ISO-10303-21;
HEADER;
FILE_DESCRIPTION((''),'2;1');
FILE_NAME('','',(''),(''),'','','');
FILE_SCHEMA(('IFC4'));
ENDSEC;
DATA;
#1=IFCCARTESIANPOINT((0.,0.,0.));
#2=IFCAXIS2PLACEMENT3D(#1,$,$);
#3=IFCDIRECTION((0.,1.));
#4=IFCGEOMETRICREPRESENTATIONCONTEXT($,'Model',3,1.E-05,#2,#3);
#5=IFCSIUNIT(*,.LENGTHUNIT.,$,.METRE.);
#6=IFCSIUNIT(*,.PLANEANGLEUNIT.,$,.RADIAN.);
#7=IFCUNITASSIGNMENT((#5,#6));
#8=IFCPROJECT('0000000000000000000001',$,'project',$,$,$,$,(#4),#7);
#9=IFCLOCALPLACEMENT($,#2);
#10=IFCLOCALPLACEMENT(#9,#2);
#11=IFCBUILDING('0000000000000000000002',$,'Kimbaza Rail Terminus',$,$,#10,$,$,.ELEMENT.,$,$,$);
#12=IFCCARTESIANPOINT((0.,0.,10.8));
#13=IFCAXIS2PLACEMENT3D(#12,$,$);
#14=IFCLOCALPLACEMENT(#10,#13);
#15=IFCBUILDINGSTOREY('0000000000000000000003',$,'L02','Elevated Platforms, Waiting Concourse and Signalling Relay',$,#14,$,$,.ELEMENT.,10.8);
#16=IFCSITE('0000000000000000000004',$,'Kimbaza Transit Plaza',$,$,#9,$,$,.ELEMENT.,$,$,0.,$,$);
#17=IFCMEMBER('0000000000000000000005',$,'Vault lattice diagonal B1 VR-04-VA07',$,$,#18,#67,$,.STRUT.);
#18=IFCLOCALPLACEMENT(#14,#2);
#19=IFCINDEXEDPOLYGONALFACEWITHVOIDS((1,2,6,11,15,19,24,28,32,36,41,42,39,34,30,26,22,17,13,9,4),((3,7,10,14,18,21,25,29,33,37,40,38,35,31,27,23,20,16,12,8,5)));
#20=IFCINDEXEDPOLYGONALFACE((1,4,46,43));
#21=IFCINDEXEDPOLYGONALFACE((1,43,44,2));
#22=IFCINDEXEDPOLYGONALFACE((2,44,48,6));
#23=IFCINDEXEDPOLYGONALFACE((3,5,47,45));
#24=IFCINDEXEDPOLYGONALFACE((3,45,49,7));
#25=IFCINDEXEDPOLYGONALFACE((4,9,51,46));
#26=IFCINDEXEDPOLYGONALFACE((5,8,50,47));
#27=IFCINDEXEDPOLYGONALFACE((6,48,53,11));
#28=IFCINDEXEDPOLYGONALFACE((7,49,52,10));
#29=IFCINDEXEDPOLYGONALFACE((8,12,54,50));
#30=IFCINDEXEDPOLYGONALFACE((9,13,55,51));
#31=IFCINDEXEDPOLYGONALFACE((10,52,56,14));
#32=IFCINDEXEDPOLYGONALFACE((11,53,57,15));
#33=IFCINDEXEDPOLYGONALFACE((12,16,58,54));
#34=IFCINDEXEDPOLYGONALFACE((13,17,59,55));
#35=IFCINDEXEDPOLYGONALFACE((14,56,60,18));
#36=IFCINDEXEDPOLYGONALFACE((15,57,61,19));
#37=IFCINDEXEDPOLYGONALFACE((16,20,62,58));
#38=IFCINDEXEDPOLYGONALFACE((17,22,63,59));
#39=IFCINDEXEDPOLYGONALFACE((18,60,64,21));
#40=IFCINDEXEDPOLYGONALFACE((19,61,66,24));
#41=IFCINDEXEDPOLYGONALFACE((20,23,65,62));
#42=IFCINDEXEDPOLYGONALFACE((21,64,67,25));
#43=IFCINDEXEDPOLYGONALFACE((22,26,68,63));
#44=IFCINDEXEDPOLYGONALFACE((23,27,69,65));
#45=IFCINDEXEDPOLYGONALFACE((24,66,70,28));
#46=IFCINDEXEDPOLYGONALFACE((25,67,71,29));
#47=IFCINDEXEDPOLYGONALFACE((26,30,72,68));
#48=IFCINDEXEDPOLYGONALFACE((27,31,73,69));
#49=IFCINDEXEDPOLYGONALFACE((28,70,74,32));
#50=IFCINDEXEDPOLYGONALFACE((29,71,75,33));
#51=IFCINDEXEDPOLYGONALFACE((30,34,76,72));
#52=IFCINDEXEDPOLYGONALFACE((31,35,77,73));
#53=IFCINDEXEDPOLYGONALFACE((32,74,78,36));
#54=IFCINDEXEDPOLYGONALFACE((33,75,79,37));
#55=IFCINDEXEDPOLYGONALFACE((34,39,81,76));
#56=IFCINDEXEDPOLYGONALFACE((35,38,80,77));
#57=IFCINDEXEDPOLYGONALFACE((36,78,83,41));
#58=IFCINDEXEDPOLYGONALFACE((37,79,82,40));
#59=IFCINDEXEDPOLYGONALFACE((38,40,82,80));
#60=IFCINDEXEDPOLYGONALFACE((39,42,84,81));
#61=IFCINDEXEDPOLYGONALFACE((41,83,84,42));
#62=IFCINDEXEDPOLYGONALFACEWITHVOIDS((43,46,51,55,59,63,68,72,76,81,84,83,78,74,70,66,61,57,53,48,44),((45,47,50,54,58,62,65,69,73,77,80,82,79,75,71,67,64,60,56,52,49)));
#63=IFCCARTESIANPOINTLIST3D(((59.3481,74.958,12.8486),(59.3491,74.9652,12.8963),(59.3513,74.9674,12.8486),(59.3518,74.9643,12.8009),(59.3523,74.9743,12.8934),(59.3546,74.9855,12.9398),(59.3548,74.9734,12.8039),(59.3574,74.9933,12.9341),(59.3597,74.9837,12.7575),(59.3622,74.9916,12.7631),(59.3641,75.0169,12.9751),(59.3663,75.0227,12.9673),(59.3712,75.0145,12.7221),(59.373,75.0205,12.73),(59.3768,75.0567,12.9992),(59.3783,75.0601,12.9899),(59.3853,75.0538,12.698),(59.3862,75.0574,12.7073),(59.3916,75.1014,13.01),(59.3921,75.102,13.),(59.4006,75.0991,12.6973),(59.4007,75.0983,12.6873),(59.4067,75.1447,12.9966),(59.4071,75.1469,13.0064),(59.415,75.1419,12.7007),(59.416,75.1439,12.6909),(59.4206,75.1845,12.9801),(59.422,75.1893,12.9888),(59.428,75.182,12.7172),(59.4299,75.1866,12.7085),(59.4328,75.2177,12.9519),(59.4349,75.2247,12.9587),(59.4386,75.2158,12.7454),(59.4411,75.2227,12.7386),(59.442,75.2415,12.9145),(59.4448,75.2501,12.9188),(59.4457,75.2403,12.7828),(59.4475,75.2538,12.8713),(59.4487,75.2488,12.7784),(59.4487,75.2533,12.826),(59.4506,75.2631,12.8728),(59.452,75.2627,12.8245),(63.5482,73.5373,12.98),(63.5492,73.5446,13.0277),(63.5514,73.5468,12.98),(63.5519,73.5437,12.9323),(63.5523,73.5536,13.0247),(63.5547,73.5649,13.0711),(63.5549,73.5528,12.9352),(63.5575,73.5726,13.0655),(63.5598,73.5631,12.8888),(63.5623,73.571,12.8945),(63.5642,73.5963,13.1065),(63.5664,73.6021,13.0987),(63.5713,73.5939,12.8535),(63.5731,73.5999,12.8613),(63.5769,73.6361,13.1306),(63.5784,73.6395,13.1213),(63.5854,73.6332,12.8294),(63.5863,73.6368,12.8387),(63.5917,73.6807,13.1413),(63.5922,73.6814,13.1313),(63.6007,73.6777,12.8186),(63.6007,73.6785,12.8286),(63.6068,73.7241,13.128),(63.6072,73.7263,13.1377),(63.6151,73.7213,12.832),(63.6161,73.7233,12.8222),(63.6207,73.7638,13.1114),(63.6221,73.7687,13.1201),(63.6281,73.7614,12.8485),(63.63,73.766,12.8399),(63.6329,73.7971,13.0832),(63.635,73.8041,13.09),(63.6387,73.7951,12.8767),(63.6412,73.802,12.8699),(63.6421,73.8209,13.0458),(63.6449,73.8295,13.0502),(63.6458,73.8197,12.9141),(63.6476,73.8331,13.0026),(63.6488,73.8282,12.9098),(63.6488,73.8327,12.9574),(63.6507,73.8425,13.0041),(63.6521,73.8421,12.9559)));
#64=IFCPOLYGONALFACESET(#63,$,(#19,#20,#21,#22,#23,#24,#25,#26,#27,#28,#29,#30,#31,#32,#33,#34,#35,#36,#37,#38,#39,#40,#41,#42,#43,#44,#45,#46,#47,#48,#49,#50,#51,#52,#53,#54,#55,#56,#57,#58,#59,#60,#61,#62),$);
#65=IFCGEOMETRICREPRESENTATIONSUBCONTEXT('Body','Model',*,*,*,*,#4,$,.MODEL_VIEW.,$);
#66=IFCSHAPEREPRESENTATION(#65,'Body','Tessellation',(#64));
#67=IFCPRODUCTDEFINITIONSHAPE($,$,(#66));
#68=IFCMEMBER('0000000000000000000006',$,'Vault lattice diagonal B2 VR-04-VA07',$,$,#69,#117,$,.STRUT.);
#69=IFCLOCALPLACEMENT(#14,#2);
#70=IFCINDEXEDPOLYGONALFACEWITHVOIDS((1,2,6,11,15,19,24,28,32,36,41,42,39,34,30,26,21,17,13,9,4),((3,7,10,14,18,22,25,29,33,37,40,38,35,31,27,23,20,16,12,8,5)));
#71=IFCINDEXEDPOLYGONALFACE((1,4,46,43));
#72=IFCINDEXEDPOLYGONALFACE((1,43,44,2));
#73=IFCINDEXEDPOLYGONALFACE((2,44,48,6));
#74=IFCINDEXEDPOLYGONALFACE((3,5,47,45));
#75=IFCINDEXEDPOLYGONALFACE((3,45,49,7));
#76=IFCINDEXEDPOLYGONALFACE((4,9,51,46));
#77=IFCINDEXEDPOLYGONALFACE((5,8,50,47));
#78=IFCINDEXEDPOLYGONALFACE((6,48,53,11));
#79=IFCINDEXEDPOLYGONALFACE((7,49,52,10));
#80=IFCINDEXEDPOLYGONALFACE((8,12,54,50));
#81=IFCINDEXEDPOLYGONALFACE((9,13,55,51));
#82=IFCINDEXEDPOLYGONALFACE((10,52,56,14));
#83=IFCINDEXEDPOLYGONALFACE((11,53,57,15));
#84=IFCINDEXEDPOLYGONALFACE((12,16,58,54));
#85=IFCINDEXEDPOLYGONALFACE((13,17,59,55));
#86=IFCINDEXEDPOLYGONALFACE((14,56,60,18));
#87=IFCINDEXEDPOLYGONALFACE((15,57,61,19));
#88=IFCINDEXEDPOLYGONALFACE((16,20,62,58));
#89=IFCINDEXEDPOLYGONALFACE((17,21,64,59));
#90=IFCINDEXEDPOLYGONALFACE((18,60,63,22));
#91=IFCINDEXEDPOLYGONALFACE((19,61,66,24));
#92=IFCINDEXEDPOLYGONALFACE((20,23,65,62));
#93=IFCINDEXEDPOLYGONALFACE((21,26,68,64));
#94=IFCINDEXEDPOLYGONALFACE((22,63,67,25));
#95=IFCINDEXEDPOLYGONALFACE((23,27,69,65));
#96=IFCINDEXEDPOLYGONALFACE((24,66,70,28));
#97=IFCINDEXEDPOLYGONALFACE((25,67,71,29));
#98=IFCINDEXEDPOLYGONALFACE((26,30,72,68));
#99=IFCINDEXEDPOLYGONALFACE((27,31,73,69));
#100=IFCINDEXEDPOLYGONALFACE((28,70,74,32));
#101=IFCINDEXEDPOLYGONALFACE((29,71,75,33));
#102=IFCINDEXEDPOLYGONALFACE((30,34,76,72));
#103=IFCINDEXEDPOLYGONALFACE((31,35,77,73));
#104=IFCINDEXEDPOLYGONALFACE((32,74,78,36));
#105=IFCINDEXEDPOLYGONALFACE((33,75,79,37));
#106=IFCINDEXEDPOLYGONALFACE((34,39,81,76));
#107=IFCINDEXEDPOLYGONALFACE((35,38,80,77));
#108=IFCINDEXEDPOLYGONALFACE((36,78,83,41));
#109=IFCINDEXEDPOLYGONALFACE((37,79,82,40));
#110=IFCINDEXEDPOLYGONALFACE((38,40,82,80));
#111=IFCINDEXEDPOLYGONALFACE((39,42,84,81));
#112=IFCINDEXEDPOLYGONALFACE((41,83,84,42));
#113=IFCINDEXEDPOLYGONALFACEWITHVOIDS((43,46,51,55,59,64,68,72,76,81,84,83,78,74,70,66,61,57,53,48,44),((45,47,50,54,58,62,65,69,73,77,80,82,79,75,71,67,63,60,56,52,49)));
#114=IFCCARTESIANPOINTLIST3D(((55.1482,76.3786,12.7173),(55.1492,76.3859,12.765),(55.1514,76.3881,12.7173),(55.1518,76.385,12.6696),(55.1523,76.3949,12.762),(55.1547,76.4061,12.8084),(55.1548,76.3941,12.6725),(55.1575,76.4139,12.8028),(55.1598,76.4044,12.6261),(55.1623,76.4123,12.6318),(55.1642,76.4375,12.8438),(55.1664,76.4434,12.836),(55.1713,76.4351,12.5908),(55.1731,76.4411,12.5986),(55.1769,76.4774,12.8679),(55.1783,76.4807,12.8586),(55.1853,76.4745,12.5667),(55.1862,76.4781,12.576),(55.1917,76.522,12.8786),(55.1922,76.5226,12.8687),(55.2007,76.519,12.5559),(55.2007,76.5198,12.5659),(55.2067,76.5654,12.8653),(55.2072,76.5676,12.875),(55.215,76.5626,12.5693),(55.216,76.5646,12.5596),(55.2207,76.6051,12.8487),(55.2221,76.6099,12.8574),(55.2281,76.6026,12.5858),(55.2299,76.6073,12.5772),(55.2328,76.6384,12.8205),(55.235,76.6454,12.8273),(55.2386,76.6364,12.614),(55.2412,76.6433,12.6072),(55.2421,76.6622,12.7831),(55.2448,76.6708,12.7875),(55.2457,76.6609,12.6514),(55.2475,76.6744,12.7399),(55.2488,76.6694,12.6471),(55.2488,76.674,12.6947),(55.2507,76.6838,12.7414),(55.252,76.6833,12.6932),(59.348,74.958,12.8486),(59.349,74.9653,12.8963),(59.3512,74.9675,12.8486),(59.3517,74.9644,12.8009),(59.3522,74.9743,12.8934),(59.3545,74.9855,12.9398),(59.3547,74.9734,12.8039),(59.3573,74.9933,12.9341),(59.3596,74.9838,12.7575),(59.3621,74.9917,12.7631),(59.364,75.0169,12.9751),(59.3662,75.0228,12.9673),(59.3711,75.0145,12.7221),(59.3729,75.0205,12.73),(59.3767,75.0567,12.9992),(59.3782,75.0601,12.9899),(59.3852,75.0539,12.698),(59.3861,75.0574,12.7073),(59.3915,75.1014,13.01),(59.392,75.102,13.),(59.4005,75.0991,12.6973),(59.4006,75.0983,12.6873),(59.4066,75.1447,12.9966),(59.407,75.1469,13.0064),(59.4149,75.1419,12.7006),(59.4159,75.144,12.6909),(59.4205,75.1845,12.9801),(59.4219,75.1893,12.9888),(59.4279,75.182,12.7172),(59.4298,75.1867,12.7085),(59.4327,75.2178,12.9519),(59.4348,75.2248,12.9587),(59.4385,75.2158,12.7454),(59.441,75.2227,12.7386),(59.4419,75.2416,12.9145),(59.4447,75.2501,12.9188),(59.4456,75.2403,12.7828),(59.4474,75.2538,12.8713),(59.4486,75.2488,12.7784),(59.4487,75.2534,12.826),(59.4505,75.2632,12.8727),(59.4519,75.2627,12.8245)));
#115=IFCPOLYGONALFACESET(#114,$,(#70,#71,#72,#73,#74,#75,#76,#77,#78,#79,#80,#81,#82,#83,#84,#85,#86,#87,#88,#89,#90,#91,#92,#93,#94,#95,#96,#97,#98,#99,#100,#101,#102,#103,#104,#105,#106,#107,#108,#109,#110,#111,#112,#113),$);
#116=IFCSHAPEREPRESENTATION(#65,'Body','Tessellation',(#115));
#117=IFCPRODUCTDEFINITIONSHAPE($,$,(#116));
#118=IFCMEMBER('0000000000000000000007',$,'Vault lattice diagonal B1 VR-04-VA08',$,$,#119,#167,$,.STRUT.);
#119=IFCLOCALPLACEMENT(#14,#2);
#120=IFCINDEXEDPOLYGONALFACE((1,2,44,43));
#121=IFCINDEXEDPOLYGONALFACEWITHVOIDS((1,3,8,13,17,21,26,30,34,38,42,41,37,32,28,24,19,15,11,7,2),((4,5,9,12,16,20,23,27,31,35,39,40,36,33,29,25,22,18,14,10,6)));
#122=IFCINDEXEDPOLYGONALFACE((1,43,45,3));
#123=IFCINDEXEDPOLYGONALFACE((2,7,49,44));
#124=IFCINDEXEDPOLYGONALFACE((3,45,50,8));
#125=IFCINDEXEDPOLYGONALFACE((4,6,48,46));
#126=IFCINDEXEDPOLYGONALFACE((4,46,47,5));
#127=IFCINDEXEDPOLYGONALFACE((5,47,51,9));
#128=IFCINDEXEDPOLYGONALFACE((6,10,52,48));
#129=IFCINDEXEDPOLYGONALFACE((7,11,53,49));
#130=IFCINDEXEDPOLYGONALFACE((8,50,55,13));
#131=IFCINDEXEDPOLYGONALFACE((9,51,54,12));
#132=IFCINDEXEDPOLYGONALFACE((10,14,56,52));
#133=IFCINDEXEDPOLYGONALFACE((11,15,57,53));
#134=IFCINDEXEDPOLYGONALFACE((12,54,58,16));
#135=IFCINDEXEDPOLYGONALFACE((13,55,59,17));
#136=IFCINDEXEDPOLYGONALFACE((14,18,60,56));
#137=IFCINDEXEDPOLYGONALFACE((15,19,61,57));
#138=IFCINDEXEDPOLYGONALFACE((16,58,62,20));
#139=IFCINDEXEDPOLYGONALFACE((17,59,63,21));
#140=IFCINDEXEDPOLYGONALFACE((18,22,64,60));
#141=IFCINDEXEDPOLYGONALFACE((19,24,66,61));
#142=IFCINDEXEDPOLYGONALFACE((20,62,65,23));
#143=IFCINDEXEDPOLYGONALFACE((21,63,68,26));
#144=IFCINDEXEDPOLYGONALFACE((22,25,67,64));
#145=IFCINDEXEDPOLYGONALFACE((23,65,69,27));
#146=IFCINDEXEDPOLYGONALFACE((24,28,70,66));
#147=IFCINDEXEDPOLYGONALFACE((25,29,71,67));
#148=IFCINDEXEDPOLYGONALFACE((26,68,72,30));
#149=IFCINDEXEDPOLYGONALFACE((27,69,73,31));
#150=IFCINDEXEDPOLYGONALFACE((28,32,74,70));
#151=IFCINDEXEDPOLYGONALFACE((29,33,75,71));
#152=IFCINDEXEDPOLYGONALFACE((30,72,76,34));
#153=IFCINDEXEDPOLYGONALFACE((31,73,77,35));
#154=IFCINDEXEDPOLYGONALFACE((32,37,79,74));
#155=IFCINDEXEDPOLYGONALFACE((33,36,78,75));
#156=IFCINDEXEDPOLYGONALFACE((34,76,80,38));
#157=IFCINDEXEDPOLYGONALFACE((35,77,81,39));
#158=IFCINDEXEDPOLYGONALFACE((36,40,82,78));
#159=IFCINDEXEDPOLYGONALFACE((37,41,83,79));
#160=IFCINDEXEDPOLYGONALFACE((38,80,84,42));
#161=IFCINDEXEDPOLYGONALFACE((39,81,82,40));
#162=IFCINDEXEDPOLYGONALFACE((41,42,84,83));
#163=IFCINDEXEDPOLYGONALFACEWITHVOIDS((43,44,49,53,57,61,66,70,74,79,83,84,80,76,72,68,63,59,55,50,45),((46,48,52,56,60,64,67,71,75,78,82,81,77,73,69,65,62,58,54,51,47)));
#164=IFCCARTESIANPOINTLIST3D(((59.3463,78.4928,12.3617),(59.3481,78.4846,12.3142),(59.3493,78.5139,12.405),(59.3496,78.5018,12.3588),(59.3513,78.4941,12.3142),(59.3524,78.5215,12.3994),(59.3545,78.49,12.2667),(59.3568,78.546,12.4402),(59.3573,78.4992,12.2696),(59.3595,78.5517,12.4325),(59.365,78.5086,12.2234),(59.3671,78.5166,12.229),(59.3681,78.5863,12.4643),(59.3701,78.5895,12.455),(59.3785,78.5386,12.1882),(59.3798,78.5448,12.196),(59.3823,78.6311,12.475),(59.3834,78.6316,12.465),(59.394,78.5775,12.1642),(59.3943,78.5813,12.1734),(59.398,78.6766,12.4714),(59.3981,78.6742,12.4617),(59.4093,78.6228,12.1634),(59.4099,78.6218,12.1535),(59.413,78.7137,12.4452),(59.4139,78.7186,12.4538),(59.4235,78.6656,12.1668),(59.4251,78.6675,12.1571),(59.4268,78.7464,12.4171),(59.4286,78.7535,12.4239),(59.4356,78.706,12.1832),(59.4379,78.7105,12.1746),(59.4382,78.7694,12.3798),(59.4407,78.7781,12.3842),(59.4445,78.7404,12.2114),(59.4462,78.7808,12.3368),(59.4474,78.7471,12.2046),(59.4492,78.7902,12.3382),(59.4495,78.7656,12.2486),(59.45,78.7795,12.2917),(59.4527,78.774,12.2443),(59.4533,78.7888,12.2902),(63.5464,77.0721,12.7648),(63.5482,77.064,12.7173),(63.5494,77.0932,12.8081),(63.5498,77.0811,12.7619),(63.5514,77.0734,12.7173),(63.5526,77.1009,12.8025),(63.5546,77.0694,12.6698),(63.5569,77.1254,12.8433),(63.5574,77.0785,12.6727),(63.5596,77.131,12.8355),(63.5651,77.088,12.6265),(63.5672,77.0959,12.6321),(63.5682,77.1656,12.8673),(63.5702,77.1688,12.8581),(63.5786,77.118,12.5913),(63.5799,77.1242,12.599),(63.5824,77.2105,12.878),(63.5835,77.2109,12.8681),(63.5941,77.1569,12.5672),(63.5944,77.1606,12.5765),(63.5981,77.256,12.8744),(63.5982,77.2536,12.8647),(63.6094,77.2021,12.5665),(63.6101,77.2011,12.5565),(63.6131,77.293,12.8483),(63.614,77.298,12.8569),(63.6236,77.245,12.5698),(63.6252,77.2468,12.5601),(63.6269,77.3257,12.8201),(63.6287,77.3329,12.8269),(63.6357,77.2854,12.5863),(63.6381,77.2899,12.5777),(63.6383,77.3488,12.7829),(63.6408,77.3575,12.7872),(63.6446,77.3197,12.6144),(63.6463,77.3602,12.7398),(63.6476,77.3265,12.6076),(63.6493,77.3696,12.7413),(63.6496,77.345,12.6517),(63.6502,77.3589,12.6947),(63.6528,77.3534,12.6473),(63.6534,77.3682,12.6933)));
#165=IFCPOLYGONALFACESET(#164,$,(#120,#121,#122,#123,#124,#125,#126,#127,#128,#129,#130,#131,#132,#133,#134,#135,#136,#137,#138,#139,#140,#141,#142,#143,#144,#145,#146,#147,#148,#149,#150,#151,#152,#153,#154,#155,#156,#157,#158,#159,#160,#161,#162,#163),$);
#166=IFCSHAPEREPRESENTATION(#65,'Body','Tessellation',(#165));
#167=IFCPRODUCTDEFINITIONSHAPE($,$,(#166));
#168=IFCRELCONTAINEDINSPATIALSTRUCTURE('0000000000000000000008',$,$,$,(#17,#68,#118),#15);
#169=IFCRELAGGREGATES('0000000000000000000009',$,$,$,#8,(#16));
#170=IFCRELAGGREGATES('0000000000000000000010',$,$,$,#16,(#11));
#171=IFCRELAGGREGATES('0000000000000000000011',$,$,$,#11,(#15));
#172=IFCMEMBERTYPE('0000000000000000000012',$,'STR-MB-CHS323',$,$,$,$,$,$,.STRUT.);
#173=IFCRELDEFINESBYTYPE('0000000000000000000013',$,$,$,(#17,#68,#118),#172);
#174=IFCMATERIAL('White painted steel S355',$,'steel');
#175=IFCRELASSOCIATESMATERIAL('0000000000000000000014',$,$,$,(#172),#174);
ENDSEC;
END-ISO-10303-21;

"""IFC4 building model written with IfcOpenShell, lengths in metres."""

from ifc_helpers import new_model, si_unit, direction, frame, origin, origin_2d, place, context, subcontext, project, spatial, hollow_circle, extrude, material, material_profile, profile_set, type_object, element, save


model = new_model("IFC4")

# Units and contexts
model_context = context("Model", 3, precision=1e-05, world=origin(), true_north=direction((0.0, 1.0)))
body_context = subcontext(model_context, "Body", "Model", "MODEL_VIEW")
ifc_project = project(units=[si_unit("LENGTHUNIT", "METRE"), si_unit("PLANEANGLEUNIT", "RADIAN")], contexts=[model_context])

# Site, building, storey
site_placement = place(None, origin())
site = spatial("IfcSite", under=ifc_project, at=site_placement, Name="Kimbaza Transit Plaza", CompositionType="ELEMENT", RefElevation=0.0)
building_placement = place(site_placement, origin())
building = spatial("IfcBuilding", under=site, at=building_placement, Name="Kimbaza Rail Terminus", CompositionType="ELEMENT")
storey_placement = place(building_placement, frame((0.0, 0.0, 10.8)))
storey = spatial("IfcBuildingStorey", under=building, at=storey_placement, Name="L02", Description="Elevated Platforms, Waiting Concourse and Signalling Relay", CompositionType="ELEMENT", Elevation=10.8)

# Members
ifc_material_1 = material(Name="White painted steel S355", Category="steel")
ifc_material_profile_1 = material_profile(ifc_material_1, hollow_circle(Radius=0.1619, WallThickness=0.01, at=origin_2d()), Name="CHS 323.9x10")
ifc_profile_set_1 = profile_set([ifc_material_profile_1], Name="White painted steel S355")
member_type_1 = type_object("IfcMemberType", Name="STR-MB-CHS323", PredefinedType="STRUT", material=ifc_profile_set_1)
member_1_placement = place(storey_placement, frame((63.6001, 73.6907, 12.98), z_axis=(-0.946866, 0.320263, -0.02961), x_axis=(-0.320404, -0.947281, 0.0)))
element("IfcMember", 1, at=member_1_placement, inside=storey, type_object=member_type_1, Name="Vault lattice diagonal B1 VR-04-VA07", PredefinedType="STRUT", context=body_context, shape_type="SweptSolid", body=[
    extrude(hollow_circle(Radius=0.1619, WallThickness=0.01, at=origin_2d()), origin(), (0.0, 0.0, 1.0), 4.4358),
])
member_2_placement = place(storey_placement, frame((59.3999, 75.1113, 12.8486), z_axis=(-0.94686, 0.32028, -0.029612), x_axis=(-0.320421, -0.947275, 0.0)))
element("IfcMember", 2, at=member_2_placement, inside=storey, type_object=member_type_1, Name="Vault lattice diagonal B2 VR-04-VA07", PredefinedType="STRUT", context=body_context, shape_type="SweptSolid", body=[
    extrude(hollow_circle(Radius=0.1619, WallThickness=0.01, at=origin_2d()), origin(), (0.0, 0.0, 1.0), 4.4355),
])
for number, where, z_axis, x_axis, name in (
    (3, (63.6001, 77.2173, 12.7173), (-0.943391, 0.319088, -0.090534), (-0.320404, -0.947281, 0.0), "Vault lattice diagonal B1 VR-04-VA08"),
):
    element("IfcMember", number, at=place(storey_placement, frame(where, z_axis=z_axis, x_axis=x_axis)), inside=storey, type_object=member_type_1, Name=name, PredefinedType="STRUT", context=body_context, shape_type="SweptSolid", body=[
        extrude(hollow_circle(Radius=0.1619, WallThickness=0.01, at=origin_2d()), origin(), (0.0, 0.0, 1.0), 4.4521),
    ])

save(model, "model.ifc")
